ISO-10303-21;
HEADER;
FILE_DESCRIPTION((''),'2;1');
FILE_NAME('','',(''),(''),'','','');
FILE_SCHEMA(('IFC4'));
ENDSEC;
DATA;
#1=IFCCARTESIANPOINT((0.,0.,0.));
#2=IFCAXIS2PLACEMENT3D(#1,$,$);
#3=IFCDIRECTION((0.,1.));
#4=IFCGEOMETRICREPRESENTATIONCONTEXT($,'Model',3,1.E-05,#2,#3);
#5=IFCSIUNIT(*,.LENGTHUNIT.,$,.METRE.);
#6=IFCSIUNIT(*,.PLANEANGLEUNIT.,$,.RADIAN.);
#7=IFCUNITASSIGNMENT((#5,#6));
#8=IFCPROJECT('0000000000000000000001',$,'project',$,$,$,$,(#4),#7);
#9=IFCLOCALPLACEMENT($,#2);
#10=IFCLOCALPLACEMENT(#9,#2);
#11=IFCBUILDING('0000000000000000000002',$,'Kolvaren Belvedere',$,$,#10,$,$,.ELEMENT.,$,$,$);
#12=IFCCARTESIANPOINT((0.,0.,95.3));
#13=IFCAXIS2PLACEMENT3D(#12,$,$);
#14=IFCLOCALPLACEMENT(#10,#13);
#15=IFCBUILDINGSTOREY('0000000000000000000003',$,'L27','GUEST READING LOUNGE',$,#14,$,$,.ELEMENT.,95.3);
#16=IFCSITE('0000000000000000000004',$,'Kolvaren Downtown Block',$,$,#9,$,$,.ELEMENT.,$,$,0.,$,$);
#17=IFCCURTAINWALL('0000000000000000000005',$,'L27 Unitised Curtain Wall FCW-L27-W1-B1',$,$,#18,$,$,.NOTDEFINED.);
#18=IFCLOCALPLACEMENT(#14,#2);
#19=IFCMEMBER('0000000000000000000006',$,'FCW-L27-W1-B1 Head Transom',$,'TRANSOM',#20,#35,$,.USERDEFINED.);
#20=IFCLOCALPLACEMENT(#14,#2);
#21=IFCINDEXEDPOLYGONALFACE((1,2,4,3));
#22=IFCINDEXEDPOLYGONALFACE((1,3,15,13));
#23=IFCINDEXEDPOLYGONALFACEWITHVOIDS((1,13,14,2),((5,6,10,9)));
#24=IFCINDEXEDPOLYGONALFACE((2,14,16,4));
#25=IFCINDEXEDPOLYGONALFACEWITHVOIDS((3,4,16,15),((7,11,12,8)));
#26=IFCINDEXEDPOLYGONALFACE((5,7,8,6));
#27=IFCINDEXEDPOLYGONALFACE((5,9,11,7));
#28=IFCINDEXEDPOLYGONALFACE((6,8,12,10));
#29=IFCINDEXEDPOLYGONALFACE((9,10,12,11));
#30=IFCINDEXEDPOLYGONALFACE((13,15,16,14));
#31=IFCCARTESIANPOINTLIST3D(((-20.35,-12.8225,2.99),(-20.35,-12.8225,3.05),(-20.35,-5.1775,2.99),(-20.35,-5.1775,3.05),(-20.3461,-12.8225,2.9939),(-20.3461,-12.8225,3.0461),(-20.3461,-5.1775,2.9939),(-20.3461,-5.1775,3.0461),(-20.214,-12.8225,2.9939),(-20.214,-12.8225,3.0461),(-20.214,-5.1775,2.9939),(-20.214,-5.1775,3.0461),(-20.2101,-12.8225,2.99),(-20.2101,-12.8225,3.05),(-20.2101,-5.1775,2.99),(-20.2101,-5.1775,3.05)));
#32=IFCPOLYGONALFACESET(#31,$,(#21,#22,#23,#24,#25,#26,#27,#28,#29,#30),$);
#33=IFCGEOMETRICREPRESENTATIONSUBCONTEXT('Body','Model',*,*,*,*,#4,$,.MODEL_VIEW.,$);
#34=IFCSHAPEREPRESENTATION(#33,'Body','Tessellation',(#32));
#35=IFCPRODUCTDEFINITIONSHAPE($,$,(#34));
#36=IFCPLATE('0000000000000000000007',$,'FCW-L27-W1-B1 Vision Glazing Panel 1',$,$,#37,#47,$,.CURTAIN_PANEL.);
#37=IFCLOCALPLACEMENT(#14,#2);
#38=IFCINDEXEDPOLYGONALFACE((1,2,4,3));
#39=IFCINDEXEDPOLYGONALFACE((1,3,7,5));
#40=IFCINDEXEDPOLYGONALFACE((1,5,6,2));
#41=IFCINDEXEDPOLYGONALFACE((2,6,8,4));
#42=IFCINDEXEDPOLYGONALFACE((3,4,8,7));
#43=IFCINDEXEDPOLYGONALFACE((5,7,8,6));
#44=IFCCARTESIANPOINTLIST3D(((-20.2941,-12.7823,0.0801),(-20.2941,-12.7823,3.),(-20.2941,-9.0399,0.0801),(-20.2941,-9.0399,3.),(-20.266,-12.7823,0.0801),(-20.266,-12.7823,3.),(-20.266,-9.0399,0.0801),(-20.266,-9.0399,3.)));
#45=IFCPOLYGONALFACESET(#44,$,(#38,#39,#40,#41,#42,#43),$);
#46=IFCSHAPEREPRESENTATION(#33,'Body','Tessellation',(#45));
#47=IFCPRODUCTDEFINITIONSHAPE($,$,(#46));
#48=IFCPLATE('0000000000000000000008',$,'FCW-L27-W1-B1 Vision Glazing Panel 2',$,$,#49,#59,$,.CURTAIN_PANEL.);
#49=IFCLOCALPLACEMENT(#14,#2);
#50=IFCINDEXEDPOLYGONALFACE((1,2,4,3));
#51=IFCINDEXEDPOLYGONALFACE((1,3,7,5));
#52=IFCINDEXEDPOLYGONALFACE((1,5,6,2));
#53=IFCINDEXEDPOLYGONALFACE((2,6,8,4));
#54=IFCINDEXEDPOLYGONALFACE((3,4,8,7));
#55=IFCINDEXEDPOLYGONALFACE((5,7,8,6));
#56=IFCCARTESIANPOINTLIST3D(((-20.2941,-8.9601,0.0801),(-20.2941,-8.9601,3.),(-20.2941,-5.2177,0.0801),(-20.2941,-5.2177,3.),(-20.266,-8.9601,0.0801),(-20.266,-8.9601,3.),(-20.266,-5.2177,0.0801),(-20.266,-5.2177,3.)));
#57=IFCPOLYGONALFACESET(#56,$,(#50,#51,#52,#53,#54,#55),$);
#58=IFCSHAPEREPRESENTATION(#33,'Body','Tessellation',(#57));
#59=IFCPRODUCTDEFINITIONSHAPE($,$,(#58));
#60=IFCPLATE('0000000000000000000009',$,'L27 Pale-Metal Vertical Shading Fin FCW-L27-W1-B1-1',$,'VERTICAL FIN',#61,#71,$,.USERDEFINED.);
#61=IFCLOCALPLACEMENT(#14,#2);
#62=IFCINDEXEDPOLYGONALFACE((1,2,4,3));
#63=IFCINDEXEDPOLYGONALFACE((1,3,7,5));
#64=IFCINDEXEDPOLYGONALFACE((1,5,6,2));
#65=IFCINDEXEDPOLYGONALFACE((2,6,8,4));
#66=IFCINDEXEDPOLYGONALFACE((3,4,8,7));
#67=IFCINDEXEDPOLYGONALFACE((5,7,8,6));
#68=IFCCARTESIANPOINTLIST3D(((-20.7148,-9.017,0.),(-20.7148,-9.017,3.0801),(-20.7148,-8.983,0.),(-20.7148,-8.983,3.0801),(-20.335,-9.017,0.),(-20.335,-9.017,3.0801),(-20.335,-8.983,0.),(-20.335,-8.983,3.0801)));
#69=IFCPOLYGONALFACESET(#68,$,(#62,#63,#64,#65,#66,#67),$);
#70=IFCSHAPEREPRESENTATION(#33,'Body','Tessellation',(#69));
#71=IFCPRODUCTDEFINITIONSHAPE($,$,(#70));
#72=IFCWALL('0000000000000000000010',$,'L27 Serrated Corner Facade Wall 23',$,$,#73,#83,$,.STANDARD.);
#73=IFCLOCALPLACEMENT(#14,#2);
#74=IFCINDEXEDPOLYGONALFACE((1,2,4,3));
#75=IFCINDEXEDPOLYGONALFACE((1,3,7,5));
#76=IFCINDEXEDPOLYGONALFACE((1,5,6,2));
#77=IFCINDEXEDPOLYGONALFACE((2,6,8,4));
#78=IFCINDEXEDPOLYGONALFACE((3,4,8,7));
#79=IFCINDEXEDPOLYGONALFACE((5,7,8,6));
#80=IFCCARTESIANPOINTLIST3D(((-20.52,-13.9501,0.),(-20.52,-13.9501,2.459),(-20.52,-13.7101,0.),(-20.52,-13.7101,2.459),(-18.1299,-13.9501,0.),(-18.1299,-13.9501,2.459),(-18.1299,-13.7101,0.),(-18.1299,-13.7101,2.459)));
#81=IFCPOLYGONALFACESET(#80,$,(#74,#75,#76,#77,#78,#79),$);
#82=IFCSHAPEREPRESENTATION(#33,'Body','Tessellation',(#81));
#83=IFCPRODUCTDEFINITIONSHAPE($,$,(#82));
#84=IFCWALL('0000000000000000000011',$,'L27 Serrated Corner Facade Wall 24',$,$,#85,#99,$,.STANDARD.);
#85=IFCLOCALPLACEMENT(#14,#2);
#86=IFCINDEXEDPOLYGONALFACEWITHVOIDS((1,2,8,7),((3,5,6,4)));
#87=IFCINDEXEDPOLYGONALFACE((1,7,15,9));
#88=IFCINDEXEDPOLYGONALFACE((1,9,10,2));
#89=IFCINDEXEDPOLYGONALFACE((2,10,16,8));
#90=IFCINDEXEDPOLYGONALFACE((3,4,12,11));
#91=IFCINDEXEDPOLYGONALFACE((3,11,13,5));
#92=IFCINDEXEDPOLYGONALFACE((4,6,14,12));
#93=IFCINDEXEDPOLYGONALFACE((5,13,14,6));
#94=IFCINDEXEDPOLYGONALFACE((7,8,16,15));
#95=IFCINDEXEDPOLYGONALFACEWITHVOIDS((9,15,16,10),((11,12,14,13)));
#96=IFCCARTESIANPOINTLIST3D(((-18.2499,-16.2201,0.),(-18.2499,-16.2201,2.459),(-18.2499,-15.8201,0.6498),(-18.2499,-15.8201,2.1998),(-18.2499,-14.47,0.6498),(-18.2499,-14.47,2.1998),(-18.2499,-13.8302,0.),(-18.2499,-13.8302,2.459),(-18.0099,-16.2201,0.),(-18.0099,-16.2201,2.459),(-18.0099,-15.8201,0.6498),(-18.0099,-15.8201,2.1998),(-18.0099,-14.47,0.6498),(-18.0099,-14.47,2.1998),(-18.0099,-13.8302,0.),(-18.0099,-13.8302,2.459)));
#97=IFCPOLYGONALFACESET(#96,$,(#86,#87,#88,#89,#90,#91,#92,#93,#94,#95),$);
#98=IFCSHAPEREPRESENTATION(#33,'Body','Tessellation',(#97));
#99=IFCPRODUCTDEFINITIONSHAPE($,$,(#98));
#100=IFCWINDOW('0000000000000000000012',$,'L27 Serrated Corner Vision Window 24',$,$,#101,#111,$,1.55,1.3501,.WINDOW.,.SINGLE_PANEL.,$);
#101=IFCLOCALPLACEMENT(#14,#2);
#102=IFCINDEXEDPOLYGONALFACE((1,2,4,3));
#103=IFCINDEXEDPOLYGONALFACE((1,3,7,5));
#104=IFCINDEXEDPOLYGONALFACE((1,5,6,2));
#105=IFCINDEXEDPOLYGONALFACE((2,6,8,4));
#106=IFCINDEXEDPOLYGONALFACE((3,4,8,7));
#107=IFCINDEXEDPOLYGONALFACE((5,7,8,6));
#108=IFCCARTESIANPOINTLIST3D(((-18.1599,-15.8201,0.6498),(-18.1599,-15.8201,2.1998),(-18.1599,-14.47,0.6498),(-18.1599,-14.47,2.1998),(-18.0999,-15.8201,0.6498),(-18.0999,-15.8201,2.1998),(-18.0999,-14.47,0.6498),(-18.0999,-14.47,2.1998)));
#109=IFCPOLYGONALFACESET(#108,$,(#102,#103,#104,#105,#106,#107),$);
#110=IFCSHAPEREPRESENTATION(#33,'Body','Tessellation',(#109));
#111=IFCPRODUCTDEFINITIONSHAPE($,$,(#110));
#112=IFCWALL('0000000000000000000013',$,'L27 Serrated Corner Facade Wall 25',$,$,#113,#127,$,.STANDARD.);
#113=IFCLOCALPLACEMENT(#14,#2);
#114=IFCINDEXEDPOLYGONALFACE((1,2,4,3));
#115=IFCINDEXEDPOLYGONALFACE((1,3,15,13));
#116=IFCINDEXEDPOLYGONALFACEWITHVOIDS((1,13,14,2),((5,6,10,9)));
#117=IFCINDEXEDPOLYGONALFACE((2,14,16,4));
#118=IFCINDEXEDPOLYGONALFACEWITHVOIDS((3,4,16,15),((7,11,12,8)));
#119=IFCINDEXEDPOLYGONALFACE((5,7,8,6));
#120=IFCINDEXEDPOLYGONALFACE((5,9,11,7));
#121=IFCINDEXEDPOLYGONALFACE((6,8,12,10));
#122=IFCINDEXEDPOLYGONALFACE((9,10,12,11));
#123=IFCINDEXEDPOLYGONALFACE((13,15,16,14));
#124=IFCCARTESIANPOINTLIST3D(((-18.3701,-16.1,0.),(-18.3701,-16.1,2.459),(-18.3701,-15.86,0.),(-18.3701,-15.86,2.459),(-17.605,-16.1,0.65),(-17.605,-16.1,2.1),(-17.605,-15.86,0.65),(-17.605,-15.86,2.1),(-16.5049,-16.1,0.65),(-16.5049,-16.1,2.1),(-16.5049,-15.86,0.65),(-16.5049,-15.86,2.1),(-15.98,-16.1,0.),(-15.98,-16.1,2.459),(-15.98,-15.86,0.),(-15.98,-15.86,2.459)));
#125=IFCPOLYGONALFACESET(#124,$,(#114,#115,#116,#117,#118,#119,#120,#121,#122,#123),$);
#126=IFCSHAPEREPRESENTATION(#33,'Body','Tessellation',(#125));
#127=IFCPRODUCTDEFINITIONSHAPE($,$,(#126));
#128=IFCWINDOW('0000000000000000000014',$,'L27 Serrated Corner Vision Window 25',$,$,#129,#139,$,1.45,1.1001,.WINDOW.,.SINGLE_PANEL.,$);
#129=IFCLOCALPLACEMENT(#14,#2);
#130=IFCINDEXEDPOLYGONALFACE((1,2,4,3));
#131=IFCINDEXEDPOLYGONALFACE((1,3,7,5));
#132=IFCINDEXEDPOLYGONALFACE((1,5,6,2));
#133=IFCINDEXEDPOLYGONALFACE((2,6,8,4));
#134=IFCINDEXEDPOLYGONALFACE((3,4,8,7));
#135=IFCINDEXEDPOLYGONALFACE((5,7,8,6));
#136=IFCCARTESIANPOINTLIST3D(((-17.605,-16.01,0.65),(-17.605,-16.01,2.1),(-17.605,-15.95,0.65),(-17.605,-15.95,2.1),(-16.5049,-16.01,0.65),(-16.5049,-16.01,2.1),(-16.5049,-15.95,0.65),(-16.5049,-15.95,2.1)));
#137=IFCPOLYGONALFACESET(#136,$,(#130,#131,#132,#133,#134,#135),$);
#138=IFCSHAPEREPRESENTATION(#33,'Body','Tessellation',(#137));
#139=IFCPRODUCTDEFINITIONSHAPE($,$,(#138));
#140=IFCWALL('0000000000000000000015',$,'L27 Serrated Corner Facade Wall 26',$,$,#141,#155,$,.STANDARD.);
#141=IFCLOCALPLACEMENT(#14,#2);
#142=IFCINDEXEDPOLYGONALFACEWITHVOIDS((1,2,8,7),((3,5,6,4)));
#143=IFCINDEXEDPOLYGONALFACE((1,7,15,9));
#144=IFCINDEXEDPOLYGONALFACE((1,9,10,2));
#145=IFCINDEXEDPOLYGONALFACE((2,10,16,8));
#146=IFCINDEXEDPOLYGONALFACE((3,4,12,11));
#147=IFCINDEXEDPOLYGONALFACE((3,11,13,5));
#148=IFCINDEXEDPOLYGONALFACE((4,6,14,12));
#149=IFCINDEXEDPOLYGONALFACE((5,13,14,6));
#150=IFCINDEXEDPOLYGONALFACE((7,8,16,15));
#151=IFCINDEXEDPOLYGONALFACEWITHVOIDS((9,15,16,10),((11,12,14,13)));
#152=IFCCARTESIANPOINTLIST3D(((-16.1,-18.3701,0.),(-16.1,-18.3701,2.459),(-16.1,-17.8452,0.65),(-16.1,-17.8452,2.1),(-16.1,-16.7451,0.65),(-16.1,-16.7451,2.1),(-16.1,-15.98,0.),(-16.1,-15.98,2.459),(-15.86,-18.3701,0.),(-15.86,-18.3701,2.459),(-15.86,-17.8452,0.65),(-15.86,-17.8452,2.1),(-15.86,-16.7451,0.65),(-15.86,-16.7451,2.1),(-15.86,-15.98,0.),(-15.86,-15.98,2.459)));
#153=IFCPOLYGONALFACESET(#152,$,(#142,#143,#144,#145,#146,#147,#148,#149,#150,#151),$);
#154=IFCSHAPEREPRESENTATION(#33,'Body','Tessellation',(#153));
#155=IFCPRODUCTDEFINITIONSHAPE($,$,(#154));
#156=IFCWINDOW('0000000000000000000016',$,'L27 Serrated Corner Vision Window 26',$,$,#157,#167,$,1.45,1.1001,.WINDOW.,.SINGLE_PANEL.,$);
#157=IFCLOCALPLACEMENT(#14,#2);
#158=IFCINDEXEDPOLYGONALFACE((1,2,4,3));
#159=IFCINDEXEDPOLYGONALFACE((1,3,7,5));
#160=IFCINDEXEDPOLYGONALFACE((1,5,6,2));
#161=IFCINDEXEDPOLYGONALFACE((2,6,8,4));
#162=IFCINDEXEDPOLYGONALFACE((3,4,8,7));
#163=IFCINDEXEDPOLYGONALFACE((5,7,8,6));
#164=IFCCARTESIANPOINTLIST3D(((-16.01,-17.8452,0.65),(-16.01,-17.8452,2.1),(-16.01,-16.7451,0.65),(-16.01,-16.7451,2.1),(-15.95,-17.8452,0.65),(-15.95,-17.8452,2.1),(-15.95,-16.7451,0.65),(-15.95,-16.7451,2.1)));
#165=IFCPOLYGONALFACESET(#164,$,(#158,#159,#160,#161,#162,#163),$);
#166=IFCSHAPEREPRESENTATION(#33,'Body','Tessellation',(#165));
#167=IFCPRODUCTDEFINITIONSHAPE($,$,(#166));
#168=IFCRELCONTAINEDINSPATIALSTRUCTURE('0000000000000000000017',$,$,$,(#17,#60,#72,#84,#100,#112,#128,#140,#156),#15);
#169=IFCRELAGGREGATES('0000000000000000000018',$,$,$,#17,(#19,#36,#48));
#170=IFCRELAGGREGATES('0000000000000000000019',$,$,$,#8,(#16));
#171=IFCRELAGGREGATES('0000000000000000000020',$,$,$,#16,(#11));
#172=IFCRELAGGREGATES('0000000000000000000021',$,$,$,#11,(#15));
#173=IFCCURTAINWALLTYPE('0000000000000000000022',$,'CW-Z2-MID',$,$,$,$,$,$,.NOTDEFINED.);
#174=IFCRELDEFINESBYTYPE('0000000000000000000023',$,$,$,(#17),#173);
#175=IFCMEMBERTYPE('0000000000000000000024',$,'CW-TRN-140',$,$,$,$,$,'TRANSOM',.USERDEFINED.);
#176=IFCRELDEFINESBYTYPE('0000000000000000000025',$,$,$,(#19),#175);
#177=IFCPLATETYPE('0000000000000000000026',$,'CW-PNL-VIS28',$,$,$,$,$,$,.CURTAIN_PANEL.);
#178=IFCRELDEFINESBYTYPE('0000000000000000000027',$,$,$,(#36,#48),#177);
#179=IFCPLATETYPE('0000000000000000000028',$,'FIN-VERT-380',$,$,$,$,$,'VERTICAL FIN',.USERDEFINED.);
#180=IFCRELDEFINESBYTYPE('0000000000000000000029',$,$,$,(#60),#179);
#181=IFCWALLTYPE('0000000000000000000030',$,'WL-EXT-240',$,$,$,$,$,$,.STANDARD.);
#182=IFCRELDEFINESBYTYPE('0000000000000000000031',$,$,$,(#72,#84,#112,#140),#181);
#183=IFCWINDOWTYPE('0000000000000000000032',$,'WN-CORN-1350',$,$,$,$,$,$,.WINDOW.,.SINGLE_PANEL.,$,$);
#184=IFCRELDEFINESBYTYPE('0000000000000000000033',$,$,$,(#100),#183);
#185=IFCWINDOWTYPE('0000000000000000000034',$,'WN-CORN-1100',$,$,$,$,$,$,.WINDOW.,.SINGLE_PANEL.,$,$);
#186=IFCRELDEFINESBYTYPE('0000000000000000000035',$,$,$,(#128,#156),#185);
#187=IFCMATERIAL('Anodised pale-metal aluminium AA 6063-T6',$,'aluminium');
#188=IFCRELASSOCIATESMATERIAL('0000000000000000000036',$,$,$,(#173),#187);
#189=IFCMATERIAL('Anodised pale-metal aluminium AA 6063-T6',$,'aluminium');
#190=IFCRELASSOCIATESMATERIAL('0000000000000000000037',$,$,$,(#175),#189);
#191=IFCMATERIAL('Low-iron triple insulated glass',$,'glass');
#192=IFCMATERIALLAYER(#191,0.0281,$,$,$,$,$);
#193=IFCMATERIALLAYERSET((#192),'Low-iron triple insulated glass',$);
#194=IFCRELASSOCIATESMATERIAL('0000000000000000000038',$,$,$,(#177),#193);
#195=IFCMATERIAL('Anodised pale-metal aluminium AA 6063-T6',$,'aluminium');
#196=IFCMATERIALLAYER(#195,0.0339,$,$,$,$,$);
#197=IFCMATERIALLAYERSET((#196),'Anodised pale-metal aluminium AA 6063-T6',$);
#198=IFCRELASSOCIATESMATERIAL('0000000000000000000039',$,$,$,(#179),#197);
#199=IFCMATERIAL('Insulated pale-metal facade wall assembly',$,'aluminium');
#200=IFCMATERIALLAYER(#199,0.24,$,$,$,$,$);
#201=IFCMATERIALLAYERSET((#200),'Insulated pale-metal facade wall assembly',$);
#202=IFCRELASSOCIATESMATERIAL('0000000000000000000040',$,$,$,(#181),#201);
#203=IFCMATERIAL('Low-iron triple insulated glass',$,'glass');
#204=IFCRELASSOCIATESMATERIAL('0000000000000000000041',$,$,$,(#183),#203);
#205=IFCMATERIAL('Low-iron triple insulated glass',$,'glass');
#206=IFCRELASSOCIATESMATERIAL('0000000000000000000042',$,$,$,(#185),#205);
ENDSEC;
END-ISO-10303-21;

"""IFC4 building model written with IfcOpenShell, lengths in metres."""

from ifc_helpers import new_model, si_unit, direction, frame, frame_2d, origin, origin_2d, place, context, subcontext, project, spatial, rectangle, hollow_rectangle, extrude, material, layer, layer_set, material_profile, profile_set, type_object, element, fill, aggregate, save


model = new_model("IFC4")

# Units and contexts
model_context = context("Model", 3, precision=1e-05, world=origin(), true_north=direction((0.0, 1.0)))
body_context = subcontext(model_context, "Body", "Model", "MODEL_VIEW")
ifc_project = project(units=[si_unit("LENGTHUNIT", "METRE"), si_unit("PLANEANGLEUNIT", "RADIAN")], contexts=[model_context])

# Site, building, storey
site_placement = place(None, origin())
site = spatial("IfcSite", under=ifc_project, at=site_placement, Name="Kolvaren Downtown Block", CompositionType="ELEMENT", RefElevation=0.0)
building_placement = place(site_placement, origin())
building = spatial("IfcBuilding", under=site, at=building_placement, Name="Kolvaren Belvedere", CompositionType="ELEMENT")
storey_placement = place(building_placement, frame((0.0, 0.0, 95.3)))
storey = spatial("IfcBuildingStorey", under=building, at=storey_placement, Name="L27", Description="GUEST READING LOUNGE", CompositionType="ELEMENT", Elevation=95.3)

# Shared definitions
ifc_material_1 = material(Name="Anodised pale-metal aluminium AA 6063-T6", Category="aluminium")
curtain_wall_type = type_object("IfcCurtainWallType", Name="CW-Z2-MID", PredefinedType="NOTDEFINED", material=ifc_material_1)

# Curtain wall, member, plates
curtain_wall_1_placement = place(storey_placement, origin())
curtain_wall_1 = element("IfcCurtainWall", 1, at=curtain_wall_1_placement, inside=storey, type_object=curtain_wall_type, Name="L27 Unitised Curtain Wall FCW-L27-W1-B1", PredefinedType="NOTDEFINED")
ifc_material_2 = material(Name="Anodised pale-metal aluminium AA 6063-T6", Category="aluminium")
ifc_material_profile_1 = material_profile(ifc_material_2, hollow_rectangle(XDim=0.0601, YDim=0.1399, WallThickness=0.0039, at=origin_2d()), Name="ALU-TRN-140X60")
ifc_profile_set_1 = profile_set([ifc_material_profile_1], Name="Anodised pale-metal aluminium AA 6063-T6")
member_type_1 = type_object("IfcMemberType", Name="CW-TRN-140", ElementType="TRANSOM", PredefinedType="USERDEFINED", material=ifc_profile_set_1)
member_1_placement = place(storey_placement, frame((-20.28, -12.8225, 3.02), z_axis=(0.0, 1.0, 0.0), x_axis=(0.0, 0.0, 1.0)))
member_1 = element("IfcMember", 2, at=member_1_placement, type_object=member_type_1, Name="FCW-L27-W1-B1 Head Transom", ObjectType="TRANSOM", PredefinedType="USERDEFINED", context=body_context, shape_type="SweptSolid", body=[
    extrude(hollow_rectangle(XDim=0.0601, YDim=0.1399, WallThickness=0.0039, at=origin_2d()), origin(), (0.0, 0.0, 1.0), 7.645),
])
ifc_material_3 = material(Name="Low-iron triple insulated glass", Category="glass")
ifc_layer_1 = layer(ifc_material_3, 0.0281)
ifc_layer_set_1 = layer_set([ifc_layer_1], Name="Low-iron triple insulated glass")
plate_type_1 = type_object("IfcPlateType", Name="CW-PNL-VIS28", PredefinedType="CURTAIN_PANEL", material=ifc_layer_set_1)
plate_1_placement = place(storey_placement, frame((-20.28, -10.9111, 0.0801), z_axis=(0.0, 0.0, 1.0), x_axis=(0.0, 1.0, 0.0)))
plate_1 = element("IfcPlate", 3, at=plate_1_placement, type_object=plate_type_1, Name="FCW-L27-W1-B1 Vision Glazing Panel 1", PredefinedType="CURTAIN_PANEL", context=body_context, shape_type="SweptSolid", body=[
    extrude(rectangle(XDim=3.7424, YDim=0.0281, at=origin_2d()), origin(), (0.0, 0.0, 1.0), 2.9199),
])
plate_2_placement = place(storey_placement, frame((-20.28, -7.0889, 0.0801), z_axis=(0.0, 0.0, 1.0), x_axis=(0.0, 1.0, 0.0)))
plate_2 = element("IfcPlate", 4, at=plate_2_placement, type_object=plate_type_1, Name="FCW-L27-W1-B1 Vision Glazing Panel 2", PredefinedType="CURTAIN_PANEL", context=body_context, shape_type="SweptSolid", body=[
    extrude(rectangle(XDim=3.7424, YDim=0.0281, at=origin_2d()), origin(), (0.0, 0.0, 1.0), 2.9199),
])
aggregate(curtain_wall_1, [member_1, plate_1, plate_2])

# Plate
ifc_material_4 = material(Name="Anodised pale-metal aluminium AA 6063-T6", Category="aluminium")
ifc_layer_2 = layer(ifc_material_4, 0.0339)
ifc_layer_set_2 = layer_set([ifc_layer_2], Name="Anodised pale-metal aluminium AA 6063-T6")
plate_type_2 = type_object("IfcPlateType", Name="FIN-VERT-380", ElementType="VERTICAL FIN", PredefinedType="USERDEFINED", material=ifc_layer_set_2)
plate_3_placement = place(storey_placement, frame((-20.5249, -9.0, 0.0), z_axis=(0.0, 0.0, 1.0), x_axis=(1.0, 0.0, 0.0)))
element("IfcPlate", 5, at=plate_3_placement, inside=storey, type_object=plate_type_2, Name="L27 Pale-Metal Vertical Shading Fin FCW-L27-W1-B1-1", ObjectType="VERTICAL FIN", PredefinedType="USERDEFINED", context=body_context, shape_type="SweptSolid", body=[
    extrude(rectangle(XDim=0.3799, YDim=0.0339, at=origin_2d()), origin(), (0.0, 0.0, 1.0), 3.0801),
])

# Wall
ifc_material_5 = material(Name="Insulated pale-metal facade wall assembly", Category="aluminium")
ifc_layer_3 = layer(ifc_material_5, 0.24)
ifc_layer_set_3 = layer_set([ifc_layer_3], Name="Insulated pale-metal facade wall assembly")
wall_type_1 = type_object("IfcWallType", Name="WL-EXT-240", PredefinedType="STANDARD", material=ifc_layer_set_3)
wall_1_placement = place(storey_placement, frame((-18.1299, -13.8301, 0.0), z_axis=(0.0, 0.0, 1.0), x_axis=(-1.0, 0.0, 0.0)))
element("IfcWall", 6, at=wall_1_placement, inside=storey, type_object=wall_type_1, Name="L27 Serrated Corner Facade Wall 23", PredefinedType="STANDARD", context=body_context, shape_type="SweptSolid", body=[
    extrude(rectangle(XDim=2.3901, YDim=0.24, at=frame_2d((1.1951, 0.0))), origin(), (0.0, 0.0, 1.0), 2.459),
])

# Walls, openings, windows
wall_2_placement = place(storey_placement, frame((-18.1299, -16.22, 0.0), z_axis=(0.0, 0.0, 1.0), x_axis=(0.0, 1.0, 0.0)))
wall_2 = element("IfcWall", 7, at=wall_2_placement, inside=storey, type_object=wall_type_1, Name="L27 Serrated Corner Facade Wall 24", PredefinedType="STANDARD", context=body_context, shape_type="SweptSolid", body=[
    extrude(rectangle(XDim=2.3899, YDim=0.24, at=frame_2d((1.1948, 0.0))), origin(), (0.0, 0.0, 1.0), 2.459),
])
opening_1_placement = place(wall_2_placement, frame((0.3999, 0.0, 0.6499)))
opening_1 = element("IfcOpeningElement", 8, at=opening_1_placement, cuts=wall_2, PredefinedType="OPENING", context=body_context, shape_type="SweptSolid", body=[
    extrude(rectangle(XDim=1.3501, YDim=1.55, at=frame_2d((0.675, 0.7749))), frame((0.0, 0.1299, 0.0), z_axis=(0.0, -1.0, 0.0), x_axis=(1.0, 0.0, 0.0)), (0.0, 0.0, 1.0), 0.26),
])
ifc_material_6 = material(Name="Low-iron triple insulated glass", Category="glass")
window_type_1 = type_object("IfcWindowType", Name="WN-CORN-1350", PartitioningType="SINGLE_PANEL", PredefinedType="WINDOW", material=ifc_material_6)
window_1_placement = place(opening_1_placement, origin())
window_1 = element("IfcWindow", 9, at=window_1_placement, inside=storey, type_object=window_type_1, Name="L27 Serrated Corner Vision Window 24", OverallHeight=1.55, OverallWidth=1.3501, PartitioningType="SINGLE_PANEL", PredefinedType="WINDOW", context=body_context, shape_type="SweptSolid", body=[
    extrude(rectangle(XDim=1.3501, YDim=1.55, at=frame_2d((0.675, 0.7749))), frame((0.0, 0.03, 0.0), z_axis=(0.0, -1.0, 0.0), x_axis=(1.0, 0.0, 0.0)), (0.0, 0.0, 1.0), 0.0601),
])
fill(opening_1, window_1)
wall_3_placement = place(storey_placement, frame((-15.98, -15.98, 0.0), z_axis=(0.0, 0.0, 1.0), x_axis=(-1.0, 0.0, 0.0)))
wall_3 = element("IfcWall", 10, at=wall_3_placement, inside=storey, type_object=wall_type_1, Name="L27 Serrated Corner Facade Wall 25", PredefinedType="STANDARD", context=body_context, shape_type="SweptSolid", body=[
    extrude(rectangle(XDim=2.3901, YDim=0.24, at=frame_2d((1.1951, 0.0))), origin(), (0.0, 0.0, 1.0), 2.459),
])
opening_2_placement = place(wall_3_placement, frame((0.5249, 0.0, 0.6499)))
opening_2 = element("IfcOpeningElement", 11, at=opening_2_placement, cuts=wall_3, PredefinedType="OPENING", context=body_context, shape_type="SweptSolid", body=[
    extrude(rectangle(XDim=1.1001, YDim=1.45, at=frame_2d((0.55, 0.7251))), frame((0.0, 0.1299, 0.0), z_axis=(0.0, -1.0, 0.0), x_axis=(1.0, 0.0, 0.0)), (0.0, 0.0, 1.0), 0.26),
])
ifc_material_7 = material(Name="Low-iron triple insulated glass", Category="glass")
window_type_2 = type_object("IfcWindowType", Name="WN-CORN-1100", PartitioningType="SINGLE_PANEL", PredefinedType="WINDOW", material=ifc_material_7)
window_2_placement = place(opening_2_placement, origin())
window_2 = element("IfcWindow", 12, at=window_2_placement, inside=storey, type_object=window_type_2, Name="L27 Serrated Corner Vision Window 25", OverallHeight=1.45, OverallWidth=1.1001, PartitioningType="SINGLE_PANEL", PredefinedType="WINDOW", context=body_context, shape_type="SweptSolid", body=[
    extrude(rectangle(XDim=1.1001, YDim=1.45, at=frame_2d((0.55, 0.7251))), frame((0.0, 0.03, 0.0), z_axis=(0.0, -1.0, 0.0), x_axis=(1.0, 0.0, 0.0)), (0.0, 0.0, 1.0), 0.0601),
])
fill(opening_2, window_2)
wall_4_placement = place(storey_placement, frame((-15.98, -18.3701, 0.0), z_axis=(0.0, 0.0, 1.0), x_axis=(0.0, 1.0, 0.0)))
wall_4 = element("IfcWall", 13, at=wall_4_placement, inside=storey, type_object=wall_type_1, Name="L27 Serrated Corner Facade Wall 26", PredefinedType="STANDARD", context=body_context, shape_type="SweptSolid", body=[
    extrude(rectangle(XDim=2.3901, YDim=0.24, at=frame_2d((1.1951, 0.0))), origin(), (0.0, 0.0, 1.0), 2.459),
])
opening_3_placement = place(wall_4_placement, frame((0.5249, 0.0, 0.6499)))
opening_3 = element("IfcOpeningElement", 14, at=opening_3_placement, cuts=wall_4, PredefinedType="OPENING", context=body_context, shape_type="SweptSolid", body=[
    extrude(rectangle(XDim=1.1001, YDim=1.45, at=frame_2d((0.55, 0.7251))), frame((0.0, 0.1299, 0.0), z_axis=(0.0, -1.0, 0.0), x_axis=(1.0, 0.0, 0.0)), (0.0, 0.0, 1.0), 0.26),
])
window_3_placement = place(opening_3_placement, origin())
window_3 = element("IfcWindow", 15, at=window_3_placement, inside=storey, type_object=window_type_2, Name="L27 Serrated Corner Vision Window 26", OverallHeight=1.45, OverallWidth=1.1001, PartitioningType="SINGLE_PANEL", PredefinedType="WINDOW", context=body_context, shape_type="SweptSolid", body=[
    extrude(rectangle(XDim=1.1001, YDim=1.45, at=frame_2d((0.55, 0.7251))), frame((0.0, 0.03, 0.0), z_axis=(0.0, -1.0, 0.0), x_axis=(1.0, 0.0, 0.0)), (0.0, 0.0, 1.0), 0.0601),
])
fill(opening_3, window_3)

save(model, "model.ifc")
